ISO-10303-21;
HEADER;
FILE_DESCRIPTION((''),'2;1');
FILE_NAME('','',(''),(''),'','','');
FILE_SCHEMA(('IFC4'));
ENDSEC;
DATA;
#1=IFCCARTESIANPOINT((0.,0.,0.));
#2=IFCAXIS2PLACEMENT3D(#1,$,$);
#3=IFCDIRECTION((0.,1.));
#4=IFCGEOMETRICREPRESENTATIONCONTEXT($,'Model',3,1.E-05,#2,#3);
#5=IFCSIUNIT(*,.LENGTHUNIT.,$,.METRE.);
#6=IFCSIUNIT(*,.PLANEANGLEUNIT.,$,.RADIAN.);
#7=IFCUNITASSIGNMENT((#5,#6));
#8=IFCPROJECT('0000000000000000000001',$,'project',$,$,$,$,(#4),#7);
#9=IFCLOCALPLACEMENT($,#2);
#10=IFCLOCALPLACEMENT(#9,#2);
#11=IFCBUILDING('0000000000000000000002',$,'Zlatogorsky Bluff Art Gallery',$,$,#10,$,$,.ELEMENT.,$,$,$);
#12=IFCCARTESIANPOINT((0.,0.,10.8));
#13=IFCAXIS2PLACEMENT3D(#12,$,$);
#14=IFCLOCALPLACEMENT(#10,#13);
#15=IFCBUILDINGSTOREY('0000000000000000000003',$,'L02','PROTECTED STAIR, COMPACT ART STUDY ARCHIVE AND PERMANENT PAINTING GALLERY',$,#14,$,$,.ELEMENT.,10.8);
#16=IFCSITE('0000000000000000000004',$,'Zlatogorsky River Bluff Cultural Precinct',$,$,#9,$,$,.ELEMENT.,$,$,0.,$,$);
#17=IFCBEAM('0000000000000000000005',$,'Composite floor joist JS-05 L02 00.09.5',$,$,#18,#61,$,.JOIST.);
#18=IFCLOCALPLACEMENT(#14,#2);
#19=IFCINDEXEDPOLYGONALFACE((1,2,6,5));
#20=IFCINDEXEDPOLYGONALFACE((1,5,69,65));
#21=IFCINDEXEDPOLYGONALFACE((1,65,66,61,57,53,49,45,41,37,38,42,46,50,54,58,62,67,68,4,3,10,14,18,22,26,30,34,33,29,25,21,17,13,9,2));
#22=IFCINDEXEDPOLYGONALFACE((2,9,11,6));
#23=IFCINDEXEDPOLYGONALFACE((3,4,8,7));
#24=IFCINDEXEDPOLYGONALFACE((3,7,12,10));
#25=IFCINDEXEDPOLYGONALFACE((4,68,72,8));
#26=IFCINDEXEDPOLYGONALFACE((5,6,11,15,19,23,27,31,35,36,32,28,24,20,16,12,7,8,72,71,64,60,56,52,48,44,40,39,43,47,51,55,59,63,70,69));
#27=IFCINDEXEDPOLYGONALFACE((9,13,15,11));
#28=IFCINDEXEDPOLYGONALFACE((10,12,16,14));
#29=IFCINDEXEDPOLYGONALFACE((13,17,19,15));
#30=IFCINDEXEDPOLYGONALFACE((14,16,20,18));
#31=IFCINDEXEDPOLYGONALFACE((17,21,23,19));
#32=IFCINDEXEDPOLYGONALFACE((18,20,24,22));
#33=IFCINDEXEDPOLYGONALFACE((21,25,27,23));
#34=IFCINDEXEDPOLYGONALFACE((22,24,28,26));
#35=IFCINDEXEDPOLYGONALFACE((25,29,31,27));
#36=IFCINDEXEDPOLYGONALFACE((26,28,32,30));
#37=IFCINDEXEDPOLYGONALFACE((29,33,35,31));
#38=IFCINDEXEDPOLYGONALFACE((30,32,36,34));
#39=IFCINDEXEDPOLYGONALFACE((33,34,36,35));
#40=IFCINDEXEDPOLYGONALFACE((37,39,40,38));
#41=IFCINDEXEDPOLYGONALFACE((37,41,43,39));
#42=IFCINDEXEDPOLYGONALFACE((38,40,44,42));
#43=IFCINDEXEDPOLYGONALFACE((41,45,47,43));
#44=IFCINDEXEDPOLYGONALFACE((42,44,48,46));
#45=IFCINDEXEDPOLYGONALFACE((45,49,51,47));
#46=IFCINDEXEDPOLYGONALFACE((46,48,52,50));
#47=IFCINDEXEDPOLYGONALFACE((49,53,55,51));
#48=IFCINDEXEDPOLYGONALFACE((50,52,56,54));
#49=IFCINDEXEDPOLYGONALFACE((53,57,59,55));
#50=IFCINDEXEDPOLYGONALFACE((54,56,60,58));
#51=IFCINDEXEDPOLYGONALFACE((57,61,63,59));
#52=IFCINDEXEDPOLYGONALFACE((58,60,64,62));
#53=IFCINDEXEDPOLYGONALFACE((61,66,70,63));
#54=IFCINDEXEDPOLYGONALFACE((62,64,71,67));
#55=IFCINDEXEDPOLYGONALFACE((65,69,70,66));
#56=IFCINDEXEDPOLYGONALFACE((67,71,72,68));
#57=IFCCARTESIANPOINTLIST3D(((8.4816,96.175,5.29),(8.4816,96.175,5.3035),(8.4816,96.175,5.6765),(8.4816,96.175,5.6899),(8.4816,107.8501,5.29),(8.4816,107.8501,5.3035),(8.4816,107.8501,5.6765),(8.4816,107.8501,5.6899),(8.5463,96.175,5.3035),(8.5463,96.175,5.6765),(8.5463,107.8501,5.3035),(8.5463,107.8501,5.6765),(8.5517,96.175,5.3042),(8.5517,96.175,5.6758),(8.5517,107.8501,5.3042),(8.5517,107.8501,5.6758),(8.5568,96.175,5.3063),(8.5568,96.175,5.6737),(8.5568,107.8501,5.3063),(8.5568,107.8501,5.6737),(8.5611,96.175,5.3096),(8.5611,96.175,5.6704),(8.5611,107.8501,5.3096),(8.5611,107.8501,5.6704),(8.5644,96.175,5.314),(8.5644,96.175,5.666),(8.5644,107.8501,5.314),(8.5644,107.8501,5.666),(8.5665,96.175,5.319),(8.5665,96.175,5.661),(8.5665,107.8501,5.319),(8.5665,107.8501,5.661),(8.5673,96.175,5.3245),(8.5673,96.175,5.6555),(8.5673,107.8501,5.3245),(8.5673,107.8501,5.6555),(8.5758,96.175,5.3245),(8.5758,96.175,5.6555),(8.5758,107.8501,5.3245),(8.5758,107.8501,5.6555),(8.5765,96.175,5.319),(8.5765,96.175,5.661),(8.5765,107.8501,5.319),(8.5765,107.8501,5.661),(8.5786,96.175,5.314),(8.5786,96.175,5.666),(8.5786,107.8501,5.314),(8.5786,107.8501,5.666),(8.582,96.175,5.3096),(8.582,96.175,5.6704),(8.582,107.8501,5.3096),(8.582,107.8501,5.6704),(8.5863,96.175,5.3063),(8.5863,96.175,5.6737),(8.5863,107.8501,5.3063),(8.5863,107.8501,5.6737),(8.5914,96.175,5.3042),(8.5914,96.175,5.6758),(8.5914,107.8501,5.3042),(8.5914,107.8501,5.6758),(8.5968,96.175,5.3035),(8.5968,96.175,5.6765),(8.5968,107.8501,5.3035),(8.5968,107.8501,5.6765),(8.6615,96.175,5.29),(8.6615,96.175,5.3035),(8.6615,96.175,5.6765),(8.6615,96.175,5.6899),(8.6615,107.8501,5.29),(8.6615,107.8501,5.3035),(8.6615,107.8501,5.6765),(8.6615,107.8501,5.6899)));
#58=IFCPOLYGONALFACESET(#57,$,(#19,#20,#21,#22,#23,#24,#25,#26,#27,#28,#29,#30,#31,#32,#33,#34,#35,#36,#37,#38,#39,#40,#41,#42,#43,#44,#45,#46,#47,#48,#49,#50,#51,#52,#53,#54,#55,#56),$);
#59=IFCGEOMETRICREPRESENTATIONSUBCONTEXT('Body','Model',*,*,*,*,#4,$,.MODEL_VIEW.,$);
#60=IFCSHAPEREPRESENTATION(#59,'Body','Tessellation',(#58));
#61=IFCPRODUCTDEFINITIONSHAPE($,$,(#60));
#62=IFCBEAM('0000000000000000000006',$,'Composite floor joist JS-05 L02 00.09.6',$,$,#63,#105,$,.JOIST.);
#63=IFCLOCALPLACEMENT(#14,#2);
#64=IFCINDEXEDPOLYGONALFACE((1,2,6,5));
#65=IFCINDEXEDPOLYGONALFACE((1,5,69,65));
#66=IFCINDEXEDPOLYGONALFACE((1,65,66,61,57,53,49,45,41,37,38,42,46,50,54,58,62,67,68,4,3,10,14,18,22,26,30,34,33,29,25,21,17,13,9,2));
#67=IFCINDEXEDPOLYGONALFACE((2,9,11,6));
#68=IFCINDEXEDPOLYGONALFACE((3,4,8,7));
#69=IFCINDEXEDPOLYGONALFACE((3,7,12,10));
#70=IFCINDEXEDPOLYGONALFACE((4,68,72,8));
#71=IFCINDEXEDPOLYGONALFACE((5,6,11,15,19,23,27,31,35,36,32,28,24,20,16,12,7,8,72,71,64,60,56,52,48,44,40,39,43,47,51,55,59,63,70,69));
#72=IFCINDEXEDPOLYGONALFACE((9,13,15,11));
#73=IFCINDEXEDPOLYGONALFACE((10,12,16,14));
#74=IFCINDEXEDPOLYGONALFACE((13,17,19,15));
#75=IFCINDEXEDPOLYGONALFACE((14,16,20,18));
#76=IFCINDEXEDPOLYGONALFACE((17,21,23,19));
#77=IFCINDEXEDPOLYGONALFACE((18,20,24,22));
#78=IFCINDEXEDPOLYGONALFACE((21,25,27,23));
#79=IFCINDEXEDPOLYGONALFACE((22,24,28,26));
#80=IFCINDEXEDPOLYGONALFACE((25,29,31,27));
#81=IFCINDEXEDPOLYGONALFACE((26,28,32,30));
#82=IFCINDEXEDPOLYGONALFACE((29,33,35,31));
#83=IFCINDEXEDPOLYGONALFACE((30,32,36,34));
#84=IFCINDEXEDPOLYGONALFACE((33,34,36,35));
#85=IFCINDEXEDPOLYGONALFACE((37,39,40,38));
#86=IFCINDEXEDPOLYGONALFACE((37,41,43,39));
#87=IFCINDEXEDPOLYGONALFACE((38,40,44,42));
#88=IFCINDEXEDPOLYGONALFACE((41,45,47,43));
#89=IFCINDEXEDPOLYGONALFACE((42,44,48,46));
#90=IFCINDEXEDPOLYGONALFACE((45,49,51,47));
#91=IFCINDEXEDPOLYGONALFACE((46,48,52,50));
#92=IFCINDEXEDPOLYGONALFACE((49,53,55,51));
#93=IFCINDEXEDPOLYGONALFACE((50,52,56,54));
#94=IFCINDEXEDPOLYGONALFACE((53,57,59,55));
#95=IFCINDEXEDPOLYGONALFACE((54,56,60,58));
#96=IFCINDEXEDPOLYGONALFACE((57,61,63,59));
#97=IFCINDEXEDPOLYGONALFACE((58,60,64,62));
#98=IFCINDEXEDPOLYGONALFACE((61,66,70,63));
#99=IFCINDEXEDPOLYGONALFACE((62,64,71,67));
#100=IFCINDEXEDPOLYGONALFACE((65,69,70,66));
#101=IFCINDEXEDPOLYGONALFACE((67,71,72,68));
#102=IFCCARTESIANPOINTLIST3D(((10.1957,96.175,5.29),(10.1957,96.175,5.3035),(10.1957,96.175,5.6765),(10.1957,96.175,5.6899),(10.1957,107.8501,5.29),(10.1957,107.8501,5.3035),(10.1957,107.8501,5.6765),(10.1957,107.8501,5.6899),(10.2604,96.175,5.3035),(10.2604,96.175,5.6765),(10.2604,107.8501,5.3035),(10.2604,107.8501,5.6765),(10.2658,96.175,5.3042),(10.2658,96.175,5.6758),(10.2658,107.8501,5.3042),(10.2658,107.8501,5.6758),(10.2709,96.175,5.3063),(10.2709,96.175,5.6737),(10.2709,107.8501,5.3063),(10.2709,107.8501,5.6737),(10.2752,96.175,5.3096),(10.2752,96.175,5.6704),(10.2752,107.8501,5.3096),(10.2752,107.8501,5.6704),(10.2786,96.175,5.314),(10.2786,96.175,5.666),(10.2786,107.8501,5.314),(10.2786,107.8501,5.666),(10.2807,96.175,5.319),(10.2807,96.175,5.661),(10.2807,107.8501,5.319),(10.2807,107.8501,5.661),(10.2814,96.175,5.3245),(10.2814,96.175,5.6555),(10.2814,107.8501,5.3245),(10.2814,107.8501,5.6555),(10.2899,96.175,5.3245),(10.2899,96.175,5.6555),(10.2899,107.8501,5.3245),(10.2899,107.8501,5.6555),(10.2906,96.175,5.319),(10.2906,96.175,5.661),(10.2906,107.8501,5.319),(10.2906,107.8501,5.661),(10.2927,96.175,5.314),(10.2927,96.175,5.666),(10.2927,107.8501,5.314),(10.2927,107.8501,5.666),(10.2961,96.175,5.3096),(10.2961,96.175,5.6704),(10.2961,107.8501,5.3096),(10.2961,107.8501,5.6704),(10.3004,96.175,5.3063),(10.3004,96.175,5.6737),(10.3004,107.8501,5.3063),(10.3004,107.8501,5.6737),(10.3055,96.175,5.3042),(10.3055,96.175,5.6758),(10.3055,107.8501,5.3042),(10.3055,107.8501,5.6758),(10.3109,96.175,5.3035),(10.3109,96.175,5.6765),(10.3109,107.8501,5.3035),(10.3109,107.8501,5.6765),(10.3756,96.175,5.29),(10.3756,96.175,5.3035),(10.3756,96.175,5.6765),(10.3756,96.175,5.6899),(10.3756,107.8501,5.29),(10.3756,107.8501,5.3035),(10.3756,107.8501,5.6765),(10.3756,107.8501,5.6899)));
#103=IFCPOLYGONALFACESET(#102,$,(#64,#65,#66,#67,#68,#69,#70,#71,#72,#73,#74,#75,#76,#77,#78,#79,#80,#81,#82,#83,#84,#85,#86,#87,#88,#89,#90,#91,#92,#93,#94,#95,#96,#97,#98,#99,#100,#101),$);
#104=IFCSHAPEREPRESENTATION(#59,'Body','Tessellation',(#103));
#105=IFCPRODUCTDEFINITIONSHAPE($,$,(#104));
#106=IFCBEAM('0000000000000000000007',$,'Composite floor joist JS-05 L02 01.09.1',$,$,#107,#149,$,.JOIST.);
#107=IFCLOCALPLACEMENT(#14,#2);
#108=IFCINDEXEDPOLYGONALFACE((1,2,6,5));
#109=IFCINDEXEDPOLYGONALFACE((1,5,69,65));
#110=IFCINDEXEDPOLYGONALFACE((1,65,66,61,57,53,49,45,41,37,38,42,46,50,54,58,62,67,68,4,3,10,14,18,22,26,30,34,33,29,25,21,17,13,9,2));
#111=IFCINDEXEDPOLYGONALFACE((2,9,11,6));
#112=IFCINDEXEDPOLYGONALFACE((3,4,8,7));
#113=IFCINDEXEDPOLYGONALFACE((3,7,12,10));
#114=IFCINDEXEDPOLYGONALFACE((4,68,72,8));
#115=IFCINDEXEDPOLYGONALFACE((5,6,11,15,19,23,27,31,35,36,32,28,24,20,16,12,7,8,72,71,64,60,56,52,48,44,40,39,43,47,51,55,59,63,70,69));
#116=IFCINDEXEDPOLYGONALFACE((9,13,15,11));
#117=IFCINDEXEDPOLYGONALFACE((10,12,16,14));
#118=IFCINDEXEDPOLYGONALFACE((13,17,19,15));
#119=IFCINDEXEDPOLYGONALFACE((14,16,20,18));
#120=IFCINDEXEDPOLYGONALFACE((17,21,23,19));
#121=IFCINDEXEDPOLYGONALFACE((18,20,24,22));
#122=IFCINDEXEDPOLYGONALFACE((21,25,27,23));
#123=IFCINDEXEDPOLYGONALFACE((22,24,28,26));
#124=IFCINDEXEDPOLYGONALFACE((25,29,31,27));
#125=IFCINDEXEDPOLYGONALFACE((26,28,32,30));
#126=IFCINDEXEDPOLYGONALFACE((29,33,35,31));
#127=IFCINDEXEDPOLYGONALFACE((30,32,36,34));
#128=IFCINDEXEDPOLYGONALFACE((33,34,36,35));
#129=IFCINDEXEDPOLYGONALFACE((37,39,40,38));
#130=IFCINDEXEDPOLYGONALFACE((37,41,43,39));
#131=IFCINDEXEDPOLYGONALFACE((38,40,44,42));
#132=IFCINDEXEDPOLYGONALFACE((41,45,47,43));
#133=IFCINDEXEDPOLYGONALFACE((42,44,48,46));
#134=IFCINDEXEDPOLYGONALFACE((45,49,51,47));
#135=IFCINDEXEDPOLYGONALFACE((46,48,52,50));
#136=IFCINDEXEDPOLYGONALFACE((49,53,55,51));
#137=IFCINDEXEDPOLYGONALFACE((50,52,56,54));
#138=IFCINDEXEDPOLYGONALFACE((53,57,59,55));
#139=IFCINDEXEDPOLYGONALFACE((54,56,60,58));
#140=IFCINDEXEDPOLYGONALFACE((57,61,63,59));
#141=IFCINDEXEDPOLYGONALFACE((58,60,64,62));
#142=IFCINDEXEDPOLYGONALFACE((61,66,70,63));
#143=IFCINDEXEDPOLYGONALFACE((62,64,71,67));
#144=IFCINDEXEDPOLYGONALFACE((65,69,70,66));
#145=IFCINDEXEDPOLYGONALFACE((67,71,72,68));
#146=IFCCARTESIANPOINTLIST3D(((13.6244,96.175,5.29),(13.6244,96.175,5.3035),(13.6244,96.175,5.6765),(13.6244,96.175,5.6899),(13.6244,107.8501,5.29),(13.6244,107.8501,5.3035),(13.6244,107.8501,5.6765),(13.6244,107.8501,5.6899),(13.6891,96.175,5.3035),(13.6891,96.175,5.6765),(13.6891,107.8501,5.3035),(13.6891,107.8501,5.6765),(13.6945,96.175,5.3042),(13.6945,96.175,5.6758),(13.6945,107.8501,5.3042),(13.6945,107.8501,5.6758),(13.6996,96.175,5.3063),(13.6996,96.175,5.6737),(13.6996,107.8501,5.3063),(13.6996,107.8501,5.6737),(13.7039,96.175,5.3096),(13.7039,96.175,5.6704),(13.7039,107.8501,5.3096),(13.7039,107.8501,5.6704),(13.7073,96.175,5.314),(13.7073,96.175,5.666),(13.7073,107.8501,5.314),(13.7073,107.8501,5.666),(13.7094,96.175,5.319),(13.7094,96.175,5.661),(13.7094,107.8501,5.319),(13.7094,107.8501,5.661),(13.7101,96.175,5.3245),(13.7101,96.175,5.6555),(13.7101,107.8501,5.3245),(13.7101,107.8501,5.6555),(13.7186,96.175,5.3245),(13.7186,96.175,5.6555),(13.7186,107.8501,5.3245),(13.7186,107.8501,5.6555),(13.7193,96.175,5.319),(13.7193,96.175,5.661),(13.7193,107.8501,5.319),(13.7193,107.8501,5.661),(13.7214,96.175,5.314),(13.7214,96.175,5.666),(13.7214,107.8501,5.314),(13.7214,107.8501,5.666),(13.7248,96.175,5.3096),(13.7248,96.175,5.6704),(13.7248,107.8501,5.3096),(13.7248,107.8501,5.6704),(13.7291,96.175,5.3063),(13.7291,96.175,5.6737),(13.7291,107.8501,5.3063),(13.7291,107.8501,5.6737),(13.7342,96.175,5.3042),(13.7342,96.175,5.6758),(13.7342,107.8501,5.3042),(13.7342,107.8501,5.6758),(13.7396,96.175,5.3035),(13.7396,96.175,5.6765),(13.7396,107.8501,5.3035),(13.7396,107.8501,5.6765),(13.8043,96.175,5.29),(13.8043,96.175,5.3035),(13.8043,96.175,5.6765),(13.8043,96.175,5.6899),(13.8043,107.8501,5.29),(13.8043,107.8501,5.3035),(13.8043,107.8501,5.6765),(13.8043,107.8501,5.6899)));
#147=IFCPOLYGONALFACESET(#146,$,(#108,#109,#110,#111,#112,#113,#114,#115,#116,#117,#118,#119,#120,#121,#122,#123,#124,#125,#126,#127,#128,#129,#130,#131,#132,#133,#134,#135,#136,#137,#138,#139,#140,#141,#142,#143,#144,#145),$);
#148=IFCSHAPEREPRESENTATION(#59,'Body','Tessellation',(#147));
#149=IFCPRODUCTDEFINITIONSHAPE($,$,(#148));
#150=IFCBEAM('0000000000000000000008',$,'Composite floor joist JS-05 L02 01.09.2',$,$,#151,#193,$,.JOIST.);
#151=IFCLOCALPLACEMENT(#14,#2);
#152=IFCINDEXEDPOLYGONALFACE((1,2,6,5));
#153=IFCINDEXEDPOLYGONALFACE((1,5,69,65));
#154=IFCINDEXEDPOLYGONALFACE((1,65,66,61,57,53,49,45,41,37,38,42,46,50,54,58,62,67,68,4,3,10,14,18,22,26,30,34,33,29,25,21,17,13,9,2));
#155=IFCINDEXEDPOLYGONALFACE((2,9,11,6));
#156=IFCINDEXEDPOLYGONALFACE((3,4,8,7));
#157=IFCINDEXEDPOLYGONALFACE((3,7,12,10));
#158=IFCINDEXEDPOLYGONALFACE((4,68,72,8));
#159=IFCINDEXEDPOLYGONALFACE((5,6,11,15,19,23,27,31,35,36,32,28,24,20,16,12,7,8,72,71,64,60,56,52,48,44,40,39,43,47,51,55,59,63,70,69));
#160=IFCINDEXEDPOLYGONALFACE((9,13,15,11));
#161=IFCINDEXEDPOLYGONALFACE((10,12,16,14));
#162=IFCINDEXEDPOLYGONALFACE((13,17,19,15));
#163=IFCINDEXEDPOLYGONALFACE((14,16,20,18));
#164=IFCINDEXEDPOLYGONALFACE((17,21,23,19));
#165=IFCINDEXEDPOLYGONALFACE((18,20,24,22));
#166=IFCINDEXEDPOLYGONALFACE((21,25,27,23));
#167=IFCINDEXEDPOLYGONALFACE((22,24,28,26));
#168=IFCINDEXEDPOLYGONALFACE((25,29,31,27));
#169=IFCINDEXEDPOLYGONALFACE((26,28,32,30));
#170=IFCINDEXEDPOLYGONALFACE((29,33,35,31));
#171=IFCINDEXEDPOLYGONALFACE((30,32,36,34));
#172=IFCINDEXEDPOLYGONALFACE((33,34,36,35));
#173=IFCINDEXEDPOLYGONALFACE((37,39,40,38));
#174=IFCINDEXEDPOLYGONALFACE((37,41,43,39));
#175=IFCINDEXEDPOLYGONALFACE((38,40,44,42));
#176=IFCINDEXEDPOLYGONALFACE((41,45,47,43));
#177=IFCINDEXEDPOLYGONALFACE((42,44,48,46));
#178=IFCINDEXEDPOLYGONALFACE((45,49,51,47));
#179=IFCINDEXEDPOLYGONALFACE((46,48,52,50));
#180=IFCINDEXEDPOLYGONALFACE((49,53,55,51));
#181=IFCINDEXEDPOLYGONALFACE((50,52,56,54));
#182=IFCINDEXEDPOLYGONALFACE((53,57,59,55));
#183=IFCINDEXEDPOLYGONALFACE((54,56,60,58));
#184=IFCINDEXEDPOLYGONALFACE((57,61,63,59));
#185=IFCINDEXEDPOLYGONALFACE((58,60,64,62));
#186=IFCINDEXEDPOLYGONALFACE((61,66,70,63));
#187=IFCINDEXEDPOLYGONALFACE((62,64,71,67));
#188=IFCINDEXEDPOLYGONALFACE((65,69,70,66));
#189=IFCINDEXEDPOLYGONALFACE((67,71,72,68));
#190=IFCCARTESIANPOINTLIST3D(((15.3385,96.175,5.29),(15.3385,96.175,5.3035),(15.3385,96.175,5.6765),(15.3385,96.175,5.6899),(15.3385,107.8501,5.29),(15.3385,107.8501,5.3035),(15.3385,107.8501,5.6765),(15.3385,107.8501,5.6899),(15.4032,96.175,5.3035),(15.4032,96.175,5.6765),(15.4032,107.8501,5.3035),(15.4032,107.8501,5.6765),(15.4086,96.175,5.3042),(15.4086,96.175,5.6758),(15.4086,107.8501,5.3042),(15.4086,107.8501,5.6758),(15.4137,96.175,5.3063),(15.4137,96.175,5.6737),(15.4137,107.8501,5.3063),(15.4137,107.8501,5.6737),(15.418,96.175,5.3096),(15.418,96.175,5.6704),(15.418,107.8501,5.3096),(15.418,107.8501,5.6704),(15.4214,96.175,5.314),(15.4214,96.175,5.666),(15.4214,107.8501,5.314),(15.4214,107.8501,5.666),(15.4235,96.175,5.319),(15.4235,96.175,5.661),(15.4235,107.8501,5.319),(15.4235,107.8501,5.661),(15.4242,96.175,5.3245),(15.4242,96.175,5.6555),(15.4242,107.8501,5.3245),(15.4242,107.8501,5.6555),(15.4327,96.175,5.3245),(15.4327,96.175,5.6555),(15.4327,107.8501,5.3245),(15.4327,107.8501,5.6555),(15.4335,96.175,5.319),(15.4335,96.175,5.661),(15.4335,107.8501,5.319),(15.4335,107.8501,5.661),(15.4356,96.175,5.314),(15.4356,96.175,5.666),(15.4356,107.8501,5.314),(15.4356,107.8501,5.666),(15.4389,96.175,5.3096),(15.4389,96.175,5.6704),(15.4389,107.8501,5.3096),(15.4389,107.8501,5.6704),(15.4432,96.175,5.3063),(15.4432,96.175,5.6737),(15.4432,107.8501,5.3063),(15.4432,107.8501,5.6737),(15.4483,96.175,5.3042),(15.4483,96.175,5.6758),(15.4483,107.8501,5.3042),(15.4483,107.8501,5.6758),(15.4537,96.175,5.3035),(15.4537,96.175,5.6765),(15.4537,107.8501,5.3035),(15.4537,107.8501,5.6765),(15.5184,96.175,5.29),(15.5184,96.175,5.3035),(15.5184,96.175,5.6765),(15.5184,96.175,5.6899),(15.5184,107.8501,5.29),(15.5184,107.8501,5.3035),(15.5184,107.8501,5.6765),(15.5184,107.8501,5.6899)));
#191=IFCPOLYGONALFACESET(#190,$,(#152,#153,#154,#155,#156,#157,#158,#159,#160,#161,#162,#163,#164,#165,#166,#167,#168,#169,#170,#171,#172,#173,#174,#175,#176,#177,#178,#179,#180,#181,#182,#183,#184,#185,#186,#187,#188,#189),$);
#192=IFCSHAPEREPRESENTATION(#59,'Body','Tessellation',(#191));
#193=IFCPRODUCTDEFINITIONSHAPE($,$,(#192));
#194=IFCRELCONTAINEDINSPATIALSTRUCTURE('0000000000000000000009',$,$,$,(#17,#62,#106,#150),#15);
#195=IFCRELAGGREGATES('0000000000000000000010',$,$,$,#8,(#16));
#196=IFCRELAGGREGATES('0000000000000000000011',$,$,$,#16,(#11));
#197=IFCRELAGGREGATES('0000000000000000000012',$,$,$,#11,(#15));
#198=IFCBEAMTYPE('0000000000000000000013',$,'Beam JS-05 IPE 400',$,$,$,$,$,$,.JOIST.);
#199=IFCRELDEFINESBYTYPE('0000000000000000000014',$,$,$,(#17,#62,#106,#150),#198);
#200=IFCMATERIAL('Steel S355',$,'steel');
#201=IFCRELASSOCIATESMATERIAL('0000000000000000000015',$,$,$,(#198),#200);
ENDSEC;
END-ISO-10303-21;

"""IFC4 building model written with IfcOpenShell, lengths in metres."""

from ifc_helpers import new_model, si_unit, direction, frame, origin, origin_2d, place, context, subcontext, project, spatial, i_section, extrude, material, material_profile, profile_set, type_object, element, save


model = new_model("IFC4")

# Units and contexts
model_context = context("Model", 3, precision=1e-05, world=origin(), true_north=direction((0.0, 1.0)))
body_context = subcontext(model_context, "Body", "Model", "MODEL_VIEW")
ifc_project = project(units=[si_unit("LENGTHUNIT", "METRE"), si_unit("PLANEANGLEUNIT", "RADIAN")], contexts=[model_context])

# Site, building, storey
site_placement = place(None, origin())
site = spatial("IfcSite", under=ifc_project, at=site_placement, Name="Zlatogorsky River Bluff Cultural Precinct", CompositionType="ELEMENT", RefElevation=0.0)
building_placement = place(site_placement, origin())
building = spatial("IfcBuilding", under=site, at=building_placement, Name="Zlatogorsky Bluff Art Gallery", CompositionType="ELEMENT")
storey_placement = place(building_placement, frame((0.0, 0.0, 10.8)))
storey = spatial("IfcBuildingStorey", under=building, at=storey_placement, Name="L02", Description="PROTECTED STAIR, COMPACT ART STUDY ARCHIVE AND PERMANENT PAINTING GALLERY", CompositionType="ELEMENT", Elevation=10.8)

# Shared definitions
ifc_material_1 = material(Name="Steel S355", Category="steel")

# Beams
ifc_material_profile_1 = material_profile(ifc_material_1, i_section(OverallWidth=0.1799, OverallDepth=0.3999, WebThickness=0.0085, FlangeThickness=0.0134, FilletRadius=0.021, at=origin_2d()), Name="IPE 400")
ifc_profile_set_1 = profile_set([ifc_material_profile_1], Name="Steel S355")
beam_type_1 = type_object("IfcBeamType", Name="Beam JS-05 IPE 400", PredefinedType="JOIST", material=ifc_profile_set_1)
for number, where, z_axis, x_axis, name in (
    (1, (8.5715, 96.175, 5.49), (0.0, 1.0, 0.0), (-1.0, 0.0, 0.0), "Composite floor joist JS-05 L02 00.09.5"),
    (2, (10.2856, 96.175, 5.49), (0.0, 1.0, 0.0), (-1.0, 0.0, 0.0), "Composite floor joist JS-05 L02 00.09.6"),
    (3, (13.7144, 96.175, 5.49), (0.0, 1.0, 0.0), (-1.0, 0.0, 0.0), "Composite floor joist JS-05 L02 01.09.1"),
    (4, (15.4285, 96.175, 5.49), (0.0, 1.0, 0.0), (-1.0, 0.0, 0.0), "Composite floor joist JS-05 L02 01.09.2"),
):
    element("IfcBeam", number, at=place(storey_placement, frame(where, z_axis=z_axis, x_axis=x_axis)), inside=storey, type_object=beam_type_1, Name=name, PredefinedType="JOIST", context=body_context, shape_type="SweptSolid", body=[
        extrude(i_section(OverallWidth=0.1799, OverallDepth=0.3999, WebThickness=0.0085, FlangeThickness=0.0134, FilletRadius=0.021, at=origin_2d()), origin(), (0.0, 0.0, 1.0), 11.675),
    ])

save(model, "model.ifc")
